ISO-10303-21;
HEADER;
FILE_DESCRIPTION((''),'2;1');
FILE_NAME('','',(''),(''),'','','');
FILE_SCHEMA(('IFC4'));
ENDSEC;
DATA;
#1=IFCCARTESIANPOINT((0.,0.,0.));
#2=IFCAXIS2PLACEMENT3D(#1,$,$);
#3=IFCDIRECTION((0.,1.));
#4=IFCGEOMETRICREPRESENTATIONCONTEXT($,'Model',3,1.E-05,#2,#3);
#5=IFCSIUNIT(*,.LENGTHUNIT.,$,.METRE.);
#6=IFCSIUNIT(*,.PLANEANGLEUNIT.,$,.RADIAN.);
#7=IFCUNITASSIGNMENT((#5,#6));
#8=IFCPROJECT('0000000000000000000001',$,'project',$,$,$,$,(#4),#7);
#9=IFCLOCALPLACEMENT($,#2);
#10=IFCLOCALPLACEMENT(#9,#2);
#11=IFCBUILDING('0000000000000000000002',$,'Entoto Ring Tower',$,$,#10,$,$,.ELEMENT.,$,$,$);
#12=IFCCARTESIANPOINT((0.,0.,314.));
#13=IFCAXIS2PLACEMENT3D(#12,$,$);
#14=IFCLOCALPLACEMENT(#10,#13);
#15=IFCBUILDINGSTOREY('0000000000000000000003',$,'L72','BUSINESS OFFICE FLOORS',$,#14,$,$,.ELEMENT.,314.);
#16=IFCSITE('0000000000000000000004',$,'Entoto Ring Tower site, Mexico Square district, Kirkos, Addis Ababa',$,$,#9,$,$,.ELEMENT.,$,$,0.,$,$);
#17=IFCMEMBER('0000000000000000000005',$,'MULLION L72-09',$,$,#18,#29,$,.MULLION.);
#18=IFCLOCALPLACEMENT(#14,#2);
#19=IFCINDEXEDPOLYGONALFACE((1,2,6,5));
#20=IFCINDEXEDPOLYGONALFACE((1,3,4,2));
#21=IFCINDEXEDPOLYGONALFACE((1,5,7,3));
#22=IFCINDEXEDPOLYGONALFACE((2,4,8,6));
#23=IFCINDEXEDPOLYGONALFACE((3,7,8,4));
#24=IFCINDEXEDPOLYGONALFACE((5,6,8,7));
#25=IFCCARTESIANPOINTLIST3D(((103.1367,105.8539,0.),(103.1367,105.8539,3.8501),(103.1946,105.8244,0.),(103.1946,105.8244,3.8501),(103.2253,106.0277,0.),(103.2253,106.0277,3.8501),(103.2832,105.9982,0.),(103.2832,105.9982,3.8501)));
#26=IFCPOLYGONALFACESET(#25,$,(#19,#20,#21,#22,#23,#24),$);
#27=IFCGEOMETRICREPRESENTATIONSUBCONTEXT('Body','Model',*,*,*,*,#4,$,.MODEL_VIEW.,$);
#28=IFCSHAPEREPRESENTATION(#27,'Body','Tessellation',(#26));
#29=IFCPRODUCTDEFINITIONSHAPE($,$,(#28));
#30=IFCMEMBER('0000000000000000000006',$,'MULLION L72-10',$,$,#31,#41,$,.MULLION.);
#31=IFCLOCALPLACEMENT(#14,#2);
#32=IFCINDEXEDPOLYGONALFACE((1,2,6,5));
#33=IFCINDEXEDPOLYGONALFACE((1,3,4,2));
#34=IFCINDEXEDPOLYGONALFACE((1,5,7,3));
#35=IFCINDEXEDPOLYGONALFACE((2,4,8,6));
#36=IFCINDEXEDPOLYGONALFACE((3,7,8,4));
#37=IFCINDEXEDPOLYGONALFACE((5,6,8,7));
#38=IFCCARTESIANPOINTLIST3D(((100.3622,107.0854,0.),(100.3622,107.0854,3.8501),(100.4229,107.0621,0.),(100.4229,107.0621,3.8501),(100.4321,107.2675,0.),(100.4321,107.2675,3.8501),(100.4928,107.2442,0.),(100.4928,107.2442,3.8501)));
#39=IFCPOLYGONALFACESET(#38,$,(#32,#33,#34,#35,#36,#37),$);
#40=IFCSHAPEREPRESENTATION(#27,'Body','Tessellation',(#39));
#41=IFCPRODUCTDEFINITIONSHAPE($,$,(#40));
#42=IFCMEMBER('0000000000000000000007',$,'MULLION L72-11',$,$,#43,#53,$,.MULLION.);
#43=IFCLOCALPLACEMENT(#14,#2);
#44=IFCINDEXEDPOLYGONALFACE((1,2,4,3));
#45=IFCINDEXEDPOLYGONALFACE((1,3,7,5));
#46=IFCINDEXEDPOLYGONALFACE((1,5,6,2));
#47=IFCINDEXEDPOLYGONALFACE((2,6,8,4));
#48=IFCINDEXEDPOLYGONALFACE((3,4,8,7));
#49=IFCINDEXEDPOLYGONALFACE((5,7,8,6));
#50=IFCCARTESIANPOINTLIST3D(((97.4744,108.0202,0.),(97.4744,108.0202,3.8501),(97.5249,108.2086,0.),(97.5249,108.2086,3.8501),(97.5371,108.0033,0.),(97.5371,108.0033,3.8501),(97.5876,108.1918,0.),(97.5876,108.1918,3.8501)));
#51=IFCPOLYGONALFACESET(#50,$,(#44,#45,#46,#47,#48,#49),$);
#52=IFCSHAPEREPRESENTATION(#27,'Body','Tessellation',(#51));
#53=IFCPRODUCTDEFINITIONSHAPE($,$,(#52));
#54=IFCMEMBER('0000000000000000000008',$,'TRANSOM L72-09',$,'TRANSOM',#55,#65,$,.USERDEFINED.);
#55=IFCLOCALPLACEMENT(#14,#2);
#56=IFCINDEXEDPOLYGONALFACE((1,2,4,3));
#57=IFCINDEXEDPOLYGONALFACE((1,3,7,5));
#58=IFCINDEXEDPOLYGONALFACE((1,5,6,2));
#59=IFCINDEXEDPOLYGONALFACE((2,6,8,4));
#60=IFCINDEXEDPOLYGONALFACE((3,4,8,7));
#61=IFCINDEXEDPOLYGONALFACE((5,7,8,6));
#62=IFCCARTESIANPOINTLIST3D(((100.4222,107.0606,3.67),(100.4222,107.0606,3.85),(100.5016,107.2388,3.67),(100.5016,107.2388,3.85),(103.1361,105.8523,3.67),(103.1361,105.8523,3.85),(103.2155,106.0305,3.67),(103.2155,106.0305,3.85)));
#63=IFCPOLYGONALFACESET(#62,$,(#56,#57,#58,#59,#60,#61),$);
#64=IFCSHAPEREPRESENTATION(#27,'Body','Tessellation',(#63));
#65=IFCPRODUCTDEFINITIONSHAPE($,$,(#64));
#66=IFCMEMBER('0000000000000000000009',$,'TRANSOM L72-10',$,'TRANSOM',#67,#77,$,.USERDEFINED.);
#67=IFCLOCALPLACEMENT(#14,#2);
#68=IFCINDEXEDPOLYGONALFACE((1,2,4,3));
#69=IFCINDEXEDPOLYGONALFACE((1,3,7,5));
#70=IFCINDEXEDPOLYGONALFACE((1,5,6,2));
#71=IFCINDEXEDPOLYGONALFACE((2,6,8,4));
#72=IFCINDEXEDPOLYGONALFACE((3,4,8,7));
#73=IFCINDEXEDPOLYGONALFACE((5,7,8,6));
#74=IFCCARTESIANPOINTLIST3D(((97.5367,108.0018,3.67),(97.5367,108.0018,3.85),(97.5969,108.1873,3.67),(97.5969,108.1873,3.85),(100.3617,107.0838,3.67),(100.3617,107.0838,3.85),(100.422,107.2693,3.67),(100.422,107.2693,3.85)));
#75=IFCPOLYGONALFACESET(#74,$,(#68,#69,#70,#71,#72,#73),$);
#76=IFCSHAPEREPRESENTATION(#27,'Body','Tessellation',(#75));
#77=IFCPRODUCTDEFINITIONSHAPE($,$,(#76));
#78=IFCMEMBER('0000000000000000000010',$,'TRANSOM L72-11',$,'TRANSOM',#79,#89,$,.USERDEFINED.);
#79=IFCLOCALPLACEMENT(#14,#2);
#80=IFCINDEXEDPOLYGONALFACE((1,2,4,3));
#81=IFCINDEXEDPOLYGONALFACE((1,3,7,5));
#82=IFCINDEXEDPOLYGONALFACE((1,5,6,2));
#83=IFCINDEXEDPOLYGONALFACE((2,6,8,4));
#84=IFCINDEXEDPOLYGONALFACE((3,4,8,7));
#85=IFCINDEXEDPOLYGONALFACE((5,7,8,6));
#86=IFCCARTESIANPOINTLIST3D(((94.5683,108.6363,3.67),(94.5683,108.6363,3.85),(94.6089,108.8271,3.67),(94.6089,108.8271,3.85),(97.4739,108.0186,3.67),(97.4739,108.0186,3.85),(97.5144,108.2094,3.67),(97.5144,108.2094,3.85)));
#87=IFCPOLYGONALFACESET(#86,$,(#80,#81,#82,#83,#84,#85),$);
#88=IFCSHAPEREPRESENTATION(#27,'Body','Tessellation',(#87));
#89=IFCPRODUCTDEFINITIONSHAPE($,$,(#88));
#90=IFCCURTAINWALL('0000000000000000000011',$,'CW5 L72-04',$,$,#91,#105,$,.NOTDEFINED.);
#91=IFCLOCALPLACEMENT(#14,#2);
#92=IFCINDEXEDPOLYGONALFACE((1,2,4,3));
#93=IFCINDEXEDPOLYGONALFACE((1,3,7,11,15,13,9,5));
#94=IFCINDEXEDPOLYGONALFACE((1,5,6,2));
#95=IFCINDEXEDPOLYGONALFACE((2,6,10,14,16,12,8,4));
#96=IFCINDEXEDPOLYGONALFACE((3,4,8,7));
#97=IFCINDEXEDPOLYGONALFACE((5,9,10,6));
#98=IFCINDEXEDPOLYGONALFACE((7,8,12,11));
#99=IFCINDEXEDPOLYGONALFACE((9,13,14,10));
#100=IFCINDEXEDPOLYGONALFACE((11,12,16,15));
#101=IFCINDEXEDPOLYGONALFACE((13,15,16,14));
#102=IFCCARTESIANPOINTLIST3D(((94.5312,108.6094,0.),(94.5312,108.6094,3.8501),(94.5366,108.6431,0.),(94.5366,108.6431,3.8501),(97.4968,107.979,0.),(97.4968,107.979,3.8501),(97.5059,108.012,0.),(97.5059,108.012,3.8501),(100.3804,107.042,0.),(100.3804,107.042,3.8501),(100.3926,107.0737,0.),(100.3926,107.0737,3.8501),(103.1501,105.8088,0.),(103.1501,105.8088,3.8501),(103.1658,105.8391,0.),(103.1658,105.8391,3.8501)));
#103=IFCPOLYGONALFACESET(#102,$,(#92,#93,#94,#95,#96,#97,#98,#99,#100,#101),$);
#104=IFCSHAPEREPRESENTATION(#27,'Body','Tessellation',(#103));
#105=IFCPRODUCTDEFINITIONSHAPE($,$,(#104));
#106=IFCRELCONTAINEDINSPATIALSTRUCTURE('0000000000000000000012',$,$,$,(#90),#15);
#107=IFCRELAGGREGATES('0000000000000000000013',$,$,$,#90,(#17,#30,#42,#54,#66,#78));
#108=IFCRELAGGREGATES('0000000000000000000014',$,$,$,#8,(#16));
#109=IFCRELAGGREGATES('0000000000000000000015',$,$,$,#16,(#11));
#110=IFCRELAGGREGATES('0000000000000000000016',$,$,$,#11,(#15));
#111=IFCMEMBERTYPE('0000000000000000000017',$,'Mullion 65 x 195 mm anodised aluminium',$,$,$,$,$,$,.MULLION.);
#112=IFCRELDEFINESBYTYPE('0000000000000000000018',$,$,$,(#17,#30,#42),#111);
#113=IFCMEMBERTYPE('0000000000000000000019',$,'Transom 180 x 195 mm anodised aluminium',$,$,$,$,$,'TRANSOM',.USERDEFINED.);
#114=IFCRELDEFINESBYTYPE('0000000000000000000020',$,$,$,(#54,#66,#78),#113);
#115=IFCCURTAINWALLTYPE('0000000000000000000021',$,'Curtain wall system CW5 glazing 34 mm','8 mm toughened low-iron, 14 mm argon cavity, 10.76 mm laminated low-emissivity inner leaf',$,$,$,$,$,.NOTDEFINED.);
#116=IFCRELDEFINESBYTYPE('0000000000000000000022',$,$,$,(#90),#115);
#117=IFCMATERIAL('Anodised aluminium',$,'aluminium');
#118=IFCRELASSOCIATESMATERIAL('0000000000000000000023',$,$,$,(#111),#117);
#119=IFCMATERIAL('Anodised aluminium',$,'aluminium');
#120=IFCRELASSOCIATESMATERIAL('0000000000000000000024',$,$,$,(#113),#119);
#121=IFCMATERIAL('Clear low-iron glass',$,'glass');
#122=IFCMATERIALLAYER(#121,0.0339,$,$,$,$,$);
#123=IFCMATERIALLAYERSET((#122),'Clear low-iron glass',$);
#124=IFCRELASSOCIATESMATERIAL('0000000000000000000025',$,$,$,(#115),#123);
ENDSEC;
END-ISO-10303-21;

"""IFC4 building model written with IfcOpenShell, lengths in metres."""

from ifc_helpers import new_model, si_unit, direction, frame, origin, origin_2d, place, context, subcontext, project, spatial, polyline, rectangle, outline, extrude, material, layer, layer_set, material_profile, profile_set, type_object, element, aggregate, save


model = new_model("IFC4")

# Units and contexts
model_context = context("Model", 3, precision=1e-05, world=origin(), true_north=direction((0.0, 1.0)))
body_context = subcontext(model_context, "Body", "Model", "MODEL_VIEW")
ifc_project = project(units=[si_unit("LENGTHUNIT", "METRE"), si_unit("PLANEANGLEUNIT", "RADIAN")], contexts=[model_context])

# Members
ifc_material_1 = material(Name="Anodised aluminium", Category="aluminium")
ifc_material_profile_1 = material_profile(ifc_material_1, rectangle(XDim=0.0649, YDim=0.1951, at=origin_2d()), Name="Mullion 65 x 195 mm anodised aluminium")
ifc_profile_set_1 = profile_set([ifc_material_profile_1], Name="Anodised aluminium")
member_type_1 = type_object("IfcMemberType", Name="Mullion 65 x 195 mm anodised aluminium", PredefinedType="MULLION", material=ifc_profile_set_1)
site_placement = place(None, origin())
building_placement = place(site_placement, origin())
storey_placement = place(building_placement, frame((0.0, 0.0, 314.0)))
member_1_placement = place(storey_placement, frame((103.21, 105.926, 0.0), z_axis=(0.0, 0.0, 1.0), x_axis=(-0.891007, 0.45399, 0.0)))
member_1 = element("IfcMember", 1, at=member_1_placement, type_object=member_type_1, Name="MULLION L72-09", PredefinedType="MULLION", context=body_context, shape_type="SweptSolid", body=[
    extrude(rectangle(XDim=0.0649, YDim=0.1951, at=origin_2d()), origin(), (0.0, 0.0, 1.0), 3.8501),
])
member_2_placement = place(storey_placement, frame((100.4275, 107.1648, 0.0), z_axis=(0.0, 0.0, 1.0), x_axis=(-0.93358, 0.358368, 0.0)))
member_2 = element("IfcMember", 2, at=member_2_placement, type_object=member_type_1, Name="MULLION L72-10", PredefinedType="MULLION", context=body_context, shape_type="SweptSolid", body=[
    extrude(rectangle(XDim=0.0649, YDim=0.1951, at=origin_2d()), origin(), (0.0, 0.0, 1.0), 3.8501),
])
member_3_placement = place(storey_placement, frame((97.531, 108.106, 0.0), z_axis=(0.0, 0.0, 1.0), x_axis=(-0.965926, 0.258819, 0.0)))
member_3 = element("IfcMember", 3, at=member_3_placement, type_object=member_type_1, Name="MULLION L72-11", PredefinedType="MULLION", context=body_context, shape_type="SweptSolid", body=[
    extrude(rectangle(XDim=0.0649, YDim=0.1951, at=origin_2d()), origin(), (0.0, 0.0, 1.0), 3.8501),
])
ifc_material_2 = material(Name="Anodised aluminium", Category="aluminium")
ifc_material_profile_2 = material_profile(ifc_material_2, rectangle(XDim=0.1951, YDim=0.1799, at=origin_2d()), Name="Transom 180 x 195 mm anodised aluminium")
ifc_profile_set_2 = profile_set([ifc_material_profile_2], Name="Anodised aluminium")
member_type_2 = type_object("IfcMemberType", Name="Transom 180 x 195 mm anodised aluminium", ElementType="TRANSOM", PredefinedType="USERDEFINED", material=ifc_profile_set_2)
member_4_placement = place(storey_placement, frame((103.1758, 105.9414, 3.76), z_axis=(-0.91355, 0.406726, 0.0), x_axis=(-0.406726, -0.91355, 0.0)))
member_4 = element("IfcMember", 4, at=member_4_placement, type_object=member_type_2, Name="TRANSOM L72-09", ObjectType="TRANSOM", PredefinedType="USERDEFINED", context=body_context, shape_type="SweptSolid", body=[
    extrude(rectangle(XDim=0.1951, YDim=0.1799, at=origin_2d()), origin(), (0.0, 0.0, 1.0), 2.9707),
])
member_5_placement = place(storey_placement, frame((100.3918, 107.1765, 3.76), z_axis=(-0.951048, 0.309043, 0.0), x_axis=(-0.309043, -0.951048, 0.0)))
member_5 = element("IfcMember", 5, at=member_5_placement, type_object=member_type_2, Name="TRANSOM L72-10", ObjectType="TRANSOM", PredefinedType="USERDEFINED", context=body_context, shape_type="SweptSolid", body=[
    extrude(rectangle(XDim=0.1951, YDim=0.1799, at=origin_2d()), origin(), (0.0, 0.0, 1.0), 2.9705),
])
member_6_placement = place(storey_placement, frame((97.4941, 108.114, 3.76), z_axis=(-0.978142, 0.20794, 0.0), x_axis=(-0.20794, -0.978142, 0.0)))
member_6 = element("IfcMember", 6, at=member_6_placement, type_object=member_type_2, Name="TRANSOM L72-11", ObjectType="TRANSOM", PredefinedType="USERDEFINED", context=body_context, shape_type="SweptSolid", body=[
    extrude(rectangle(XDim=0.1951, YDim=0.1799, at=origin_2d()), origin(), (0.0, 0.0, 1.0), 2.9705),
])

# Site, building, storey
site = spatial("IfcSite", under=ifc_project, at=site_placement, Name="Entoto Ring Tower site, Mexico Square district, Kirkos, Addis Ababa", CompositionType="ELEMENT", RefElevation=0.0)
building = spatial("IfcBuilding", under=site, at=building_placement, Name="Entoto Ring Tower", CompositionType="ELEMENT")
storey = spatial("IfcBuildingStorey", under=building, at=storey_placement, Name="L72", Description="BUSINESS OFFICE FLOORS", CompositionType="ELEMENT", Elevation=314.0)

# Curtain wall
ifc_material_3 = material(Name="Clear low-iron glass", Category="glass")
ifc_layer = layer(ifc_material_3, 0.0339)
ifc_layer_set = layer_set([ifc_layer], Name="Clear low-iron glass")
curtain_wall_type = type_object("IfcCurtainWallType", Name="Curtain wall system CW5 glazing 34 mm", Description="8 mm toughened low-iron, 14 mm argon cavity, 10.76 mm laminated low-emissivity inner leaf", PredefinedType="NOTDEFINED", material=ifc_layer_set)
curtain_wall_1_placement = place(storey_placement, origin())
curtain_wall_1 = element("IfcCurtainWall", 7, at=curtain_wall_1_placement, inside=storey, type_object=curtain_wall_type, Name="CW5 L72-04", PredefinedType="NOTDEFINED", context=body_context, shape_type="SweptSolid", body=[
    extrude(outline(polyline([(103.1658, 105.8391), (100.3926, 107.0737), (97.5059, 108.012), (94.5366, 108.6431), (94.5312, 108.6094), (97.4968, 107.979), (100.3804, 107.042), (103.1501, 105.8088), (103.1658, 105.8391)])), origin(), (0.0, 0.0, 1.0), 3.8501),
])
aggregate(curtain_wall_1, [member_1, member_2, member_3, member_4, member_5, member_6])

save(model, "model.ifc")
